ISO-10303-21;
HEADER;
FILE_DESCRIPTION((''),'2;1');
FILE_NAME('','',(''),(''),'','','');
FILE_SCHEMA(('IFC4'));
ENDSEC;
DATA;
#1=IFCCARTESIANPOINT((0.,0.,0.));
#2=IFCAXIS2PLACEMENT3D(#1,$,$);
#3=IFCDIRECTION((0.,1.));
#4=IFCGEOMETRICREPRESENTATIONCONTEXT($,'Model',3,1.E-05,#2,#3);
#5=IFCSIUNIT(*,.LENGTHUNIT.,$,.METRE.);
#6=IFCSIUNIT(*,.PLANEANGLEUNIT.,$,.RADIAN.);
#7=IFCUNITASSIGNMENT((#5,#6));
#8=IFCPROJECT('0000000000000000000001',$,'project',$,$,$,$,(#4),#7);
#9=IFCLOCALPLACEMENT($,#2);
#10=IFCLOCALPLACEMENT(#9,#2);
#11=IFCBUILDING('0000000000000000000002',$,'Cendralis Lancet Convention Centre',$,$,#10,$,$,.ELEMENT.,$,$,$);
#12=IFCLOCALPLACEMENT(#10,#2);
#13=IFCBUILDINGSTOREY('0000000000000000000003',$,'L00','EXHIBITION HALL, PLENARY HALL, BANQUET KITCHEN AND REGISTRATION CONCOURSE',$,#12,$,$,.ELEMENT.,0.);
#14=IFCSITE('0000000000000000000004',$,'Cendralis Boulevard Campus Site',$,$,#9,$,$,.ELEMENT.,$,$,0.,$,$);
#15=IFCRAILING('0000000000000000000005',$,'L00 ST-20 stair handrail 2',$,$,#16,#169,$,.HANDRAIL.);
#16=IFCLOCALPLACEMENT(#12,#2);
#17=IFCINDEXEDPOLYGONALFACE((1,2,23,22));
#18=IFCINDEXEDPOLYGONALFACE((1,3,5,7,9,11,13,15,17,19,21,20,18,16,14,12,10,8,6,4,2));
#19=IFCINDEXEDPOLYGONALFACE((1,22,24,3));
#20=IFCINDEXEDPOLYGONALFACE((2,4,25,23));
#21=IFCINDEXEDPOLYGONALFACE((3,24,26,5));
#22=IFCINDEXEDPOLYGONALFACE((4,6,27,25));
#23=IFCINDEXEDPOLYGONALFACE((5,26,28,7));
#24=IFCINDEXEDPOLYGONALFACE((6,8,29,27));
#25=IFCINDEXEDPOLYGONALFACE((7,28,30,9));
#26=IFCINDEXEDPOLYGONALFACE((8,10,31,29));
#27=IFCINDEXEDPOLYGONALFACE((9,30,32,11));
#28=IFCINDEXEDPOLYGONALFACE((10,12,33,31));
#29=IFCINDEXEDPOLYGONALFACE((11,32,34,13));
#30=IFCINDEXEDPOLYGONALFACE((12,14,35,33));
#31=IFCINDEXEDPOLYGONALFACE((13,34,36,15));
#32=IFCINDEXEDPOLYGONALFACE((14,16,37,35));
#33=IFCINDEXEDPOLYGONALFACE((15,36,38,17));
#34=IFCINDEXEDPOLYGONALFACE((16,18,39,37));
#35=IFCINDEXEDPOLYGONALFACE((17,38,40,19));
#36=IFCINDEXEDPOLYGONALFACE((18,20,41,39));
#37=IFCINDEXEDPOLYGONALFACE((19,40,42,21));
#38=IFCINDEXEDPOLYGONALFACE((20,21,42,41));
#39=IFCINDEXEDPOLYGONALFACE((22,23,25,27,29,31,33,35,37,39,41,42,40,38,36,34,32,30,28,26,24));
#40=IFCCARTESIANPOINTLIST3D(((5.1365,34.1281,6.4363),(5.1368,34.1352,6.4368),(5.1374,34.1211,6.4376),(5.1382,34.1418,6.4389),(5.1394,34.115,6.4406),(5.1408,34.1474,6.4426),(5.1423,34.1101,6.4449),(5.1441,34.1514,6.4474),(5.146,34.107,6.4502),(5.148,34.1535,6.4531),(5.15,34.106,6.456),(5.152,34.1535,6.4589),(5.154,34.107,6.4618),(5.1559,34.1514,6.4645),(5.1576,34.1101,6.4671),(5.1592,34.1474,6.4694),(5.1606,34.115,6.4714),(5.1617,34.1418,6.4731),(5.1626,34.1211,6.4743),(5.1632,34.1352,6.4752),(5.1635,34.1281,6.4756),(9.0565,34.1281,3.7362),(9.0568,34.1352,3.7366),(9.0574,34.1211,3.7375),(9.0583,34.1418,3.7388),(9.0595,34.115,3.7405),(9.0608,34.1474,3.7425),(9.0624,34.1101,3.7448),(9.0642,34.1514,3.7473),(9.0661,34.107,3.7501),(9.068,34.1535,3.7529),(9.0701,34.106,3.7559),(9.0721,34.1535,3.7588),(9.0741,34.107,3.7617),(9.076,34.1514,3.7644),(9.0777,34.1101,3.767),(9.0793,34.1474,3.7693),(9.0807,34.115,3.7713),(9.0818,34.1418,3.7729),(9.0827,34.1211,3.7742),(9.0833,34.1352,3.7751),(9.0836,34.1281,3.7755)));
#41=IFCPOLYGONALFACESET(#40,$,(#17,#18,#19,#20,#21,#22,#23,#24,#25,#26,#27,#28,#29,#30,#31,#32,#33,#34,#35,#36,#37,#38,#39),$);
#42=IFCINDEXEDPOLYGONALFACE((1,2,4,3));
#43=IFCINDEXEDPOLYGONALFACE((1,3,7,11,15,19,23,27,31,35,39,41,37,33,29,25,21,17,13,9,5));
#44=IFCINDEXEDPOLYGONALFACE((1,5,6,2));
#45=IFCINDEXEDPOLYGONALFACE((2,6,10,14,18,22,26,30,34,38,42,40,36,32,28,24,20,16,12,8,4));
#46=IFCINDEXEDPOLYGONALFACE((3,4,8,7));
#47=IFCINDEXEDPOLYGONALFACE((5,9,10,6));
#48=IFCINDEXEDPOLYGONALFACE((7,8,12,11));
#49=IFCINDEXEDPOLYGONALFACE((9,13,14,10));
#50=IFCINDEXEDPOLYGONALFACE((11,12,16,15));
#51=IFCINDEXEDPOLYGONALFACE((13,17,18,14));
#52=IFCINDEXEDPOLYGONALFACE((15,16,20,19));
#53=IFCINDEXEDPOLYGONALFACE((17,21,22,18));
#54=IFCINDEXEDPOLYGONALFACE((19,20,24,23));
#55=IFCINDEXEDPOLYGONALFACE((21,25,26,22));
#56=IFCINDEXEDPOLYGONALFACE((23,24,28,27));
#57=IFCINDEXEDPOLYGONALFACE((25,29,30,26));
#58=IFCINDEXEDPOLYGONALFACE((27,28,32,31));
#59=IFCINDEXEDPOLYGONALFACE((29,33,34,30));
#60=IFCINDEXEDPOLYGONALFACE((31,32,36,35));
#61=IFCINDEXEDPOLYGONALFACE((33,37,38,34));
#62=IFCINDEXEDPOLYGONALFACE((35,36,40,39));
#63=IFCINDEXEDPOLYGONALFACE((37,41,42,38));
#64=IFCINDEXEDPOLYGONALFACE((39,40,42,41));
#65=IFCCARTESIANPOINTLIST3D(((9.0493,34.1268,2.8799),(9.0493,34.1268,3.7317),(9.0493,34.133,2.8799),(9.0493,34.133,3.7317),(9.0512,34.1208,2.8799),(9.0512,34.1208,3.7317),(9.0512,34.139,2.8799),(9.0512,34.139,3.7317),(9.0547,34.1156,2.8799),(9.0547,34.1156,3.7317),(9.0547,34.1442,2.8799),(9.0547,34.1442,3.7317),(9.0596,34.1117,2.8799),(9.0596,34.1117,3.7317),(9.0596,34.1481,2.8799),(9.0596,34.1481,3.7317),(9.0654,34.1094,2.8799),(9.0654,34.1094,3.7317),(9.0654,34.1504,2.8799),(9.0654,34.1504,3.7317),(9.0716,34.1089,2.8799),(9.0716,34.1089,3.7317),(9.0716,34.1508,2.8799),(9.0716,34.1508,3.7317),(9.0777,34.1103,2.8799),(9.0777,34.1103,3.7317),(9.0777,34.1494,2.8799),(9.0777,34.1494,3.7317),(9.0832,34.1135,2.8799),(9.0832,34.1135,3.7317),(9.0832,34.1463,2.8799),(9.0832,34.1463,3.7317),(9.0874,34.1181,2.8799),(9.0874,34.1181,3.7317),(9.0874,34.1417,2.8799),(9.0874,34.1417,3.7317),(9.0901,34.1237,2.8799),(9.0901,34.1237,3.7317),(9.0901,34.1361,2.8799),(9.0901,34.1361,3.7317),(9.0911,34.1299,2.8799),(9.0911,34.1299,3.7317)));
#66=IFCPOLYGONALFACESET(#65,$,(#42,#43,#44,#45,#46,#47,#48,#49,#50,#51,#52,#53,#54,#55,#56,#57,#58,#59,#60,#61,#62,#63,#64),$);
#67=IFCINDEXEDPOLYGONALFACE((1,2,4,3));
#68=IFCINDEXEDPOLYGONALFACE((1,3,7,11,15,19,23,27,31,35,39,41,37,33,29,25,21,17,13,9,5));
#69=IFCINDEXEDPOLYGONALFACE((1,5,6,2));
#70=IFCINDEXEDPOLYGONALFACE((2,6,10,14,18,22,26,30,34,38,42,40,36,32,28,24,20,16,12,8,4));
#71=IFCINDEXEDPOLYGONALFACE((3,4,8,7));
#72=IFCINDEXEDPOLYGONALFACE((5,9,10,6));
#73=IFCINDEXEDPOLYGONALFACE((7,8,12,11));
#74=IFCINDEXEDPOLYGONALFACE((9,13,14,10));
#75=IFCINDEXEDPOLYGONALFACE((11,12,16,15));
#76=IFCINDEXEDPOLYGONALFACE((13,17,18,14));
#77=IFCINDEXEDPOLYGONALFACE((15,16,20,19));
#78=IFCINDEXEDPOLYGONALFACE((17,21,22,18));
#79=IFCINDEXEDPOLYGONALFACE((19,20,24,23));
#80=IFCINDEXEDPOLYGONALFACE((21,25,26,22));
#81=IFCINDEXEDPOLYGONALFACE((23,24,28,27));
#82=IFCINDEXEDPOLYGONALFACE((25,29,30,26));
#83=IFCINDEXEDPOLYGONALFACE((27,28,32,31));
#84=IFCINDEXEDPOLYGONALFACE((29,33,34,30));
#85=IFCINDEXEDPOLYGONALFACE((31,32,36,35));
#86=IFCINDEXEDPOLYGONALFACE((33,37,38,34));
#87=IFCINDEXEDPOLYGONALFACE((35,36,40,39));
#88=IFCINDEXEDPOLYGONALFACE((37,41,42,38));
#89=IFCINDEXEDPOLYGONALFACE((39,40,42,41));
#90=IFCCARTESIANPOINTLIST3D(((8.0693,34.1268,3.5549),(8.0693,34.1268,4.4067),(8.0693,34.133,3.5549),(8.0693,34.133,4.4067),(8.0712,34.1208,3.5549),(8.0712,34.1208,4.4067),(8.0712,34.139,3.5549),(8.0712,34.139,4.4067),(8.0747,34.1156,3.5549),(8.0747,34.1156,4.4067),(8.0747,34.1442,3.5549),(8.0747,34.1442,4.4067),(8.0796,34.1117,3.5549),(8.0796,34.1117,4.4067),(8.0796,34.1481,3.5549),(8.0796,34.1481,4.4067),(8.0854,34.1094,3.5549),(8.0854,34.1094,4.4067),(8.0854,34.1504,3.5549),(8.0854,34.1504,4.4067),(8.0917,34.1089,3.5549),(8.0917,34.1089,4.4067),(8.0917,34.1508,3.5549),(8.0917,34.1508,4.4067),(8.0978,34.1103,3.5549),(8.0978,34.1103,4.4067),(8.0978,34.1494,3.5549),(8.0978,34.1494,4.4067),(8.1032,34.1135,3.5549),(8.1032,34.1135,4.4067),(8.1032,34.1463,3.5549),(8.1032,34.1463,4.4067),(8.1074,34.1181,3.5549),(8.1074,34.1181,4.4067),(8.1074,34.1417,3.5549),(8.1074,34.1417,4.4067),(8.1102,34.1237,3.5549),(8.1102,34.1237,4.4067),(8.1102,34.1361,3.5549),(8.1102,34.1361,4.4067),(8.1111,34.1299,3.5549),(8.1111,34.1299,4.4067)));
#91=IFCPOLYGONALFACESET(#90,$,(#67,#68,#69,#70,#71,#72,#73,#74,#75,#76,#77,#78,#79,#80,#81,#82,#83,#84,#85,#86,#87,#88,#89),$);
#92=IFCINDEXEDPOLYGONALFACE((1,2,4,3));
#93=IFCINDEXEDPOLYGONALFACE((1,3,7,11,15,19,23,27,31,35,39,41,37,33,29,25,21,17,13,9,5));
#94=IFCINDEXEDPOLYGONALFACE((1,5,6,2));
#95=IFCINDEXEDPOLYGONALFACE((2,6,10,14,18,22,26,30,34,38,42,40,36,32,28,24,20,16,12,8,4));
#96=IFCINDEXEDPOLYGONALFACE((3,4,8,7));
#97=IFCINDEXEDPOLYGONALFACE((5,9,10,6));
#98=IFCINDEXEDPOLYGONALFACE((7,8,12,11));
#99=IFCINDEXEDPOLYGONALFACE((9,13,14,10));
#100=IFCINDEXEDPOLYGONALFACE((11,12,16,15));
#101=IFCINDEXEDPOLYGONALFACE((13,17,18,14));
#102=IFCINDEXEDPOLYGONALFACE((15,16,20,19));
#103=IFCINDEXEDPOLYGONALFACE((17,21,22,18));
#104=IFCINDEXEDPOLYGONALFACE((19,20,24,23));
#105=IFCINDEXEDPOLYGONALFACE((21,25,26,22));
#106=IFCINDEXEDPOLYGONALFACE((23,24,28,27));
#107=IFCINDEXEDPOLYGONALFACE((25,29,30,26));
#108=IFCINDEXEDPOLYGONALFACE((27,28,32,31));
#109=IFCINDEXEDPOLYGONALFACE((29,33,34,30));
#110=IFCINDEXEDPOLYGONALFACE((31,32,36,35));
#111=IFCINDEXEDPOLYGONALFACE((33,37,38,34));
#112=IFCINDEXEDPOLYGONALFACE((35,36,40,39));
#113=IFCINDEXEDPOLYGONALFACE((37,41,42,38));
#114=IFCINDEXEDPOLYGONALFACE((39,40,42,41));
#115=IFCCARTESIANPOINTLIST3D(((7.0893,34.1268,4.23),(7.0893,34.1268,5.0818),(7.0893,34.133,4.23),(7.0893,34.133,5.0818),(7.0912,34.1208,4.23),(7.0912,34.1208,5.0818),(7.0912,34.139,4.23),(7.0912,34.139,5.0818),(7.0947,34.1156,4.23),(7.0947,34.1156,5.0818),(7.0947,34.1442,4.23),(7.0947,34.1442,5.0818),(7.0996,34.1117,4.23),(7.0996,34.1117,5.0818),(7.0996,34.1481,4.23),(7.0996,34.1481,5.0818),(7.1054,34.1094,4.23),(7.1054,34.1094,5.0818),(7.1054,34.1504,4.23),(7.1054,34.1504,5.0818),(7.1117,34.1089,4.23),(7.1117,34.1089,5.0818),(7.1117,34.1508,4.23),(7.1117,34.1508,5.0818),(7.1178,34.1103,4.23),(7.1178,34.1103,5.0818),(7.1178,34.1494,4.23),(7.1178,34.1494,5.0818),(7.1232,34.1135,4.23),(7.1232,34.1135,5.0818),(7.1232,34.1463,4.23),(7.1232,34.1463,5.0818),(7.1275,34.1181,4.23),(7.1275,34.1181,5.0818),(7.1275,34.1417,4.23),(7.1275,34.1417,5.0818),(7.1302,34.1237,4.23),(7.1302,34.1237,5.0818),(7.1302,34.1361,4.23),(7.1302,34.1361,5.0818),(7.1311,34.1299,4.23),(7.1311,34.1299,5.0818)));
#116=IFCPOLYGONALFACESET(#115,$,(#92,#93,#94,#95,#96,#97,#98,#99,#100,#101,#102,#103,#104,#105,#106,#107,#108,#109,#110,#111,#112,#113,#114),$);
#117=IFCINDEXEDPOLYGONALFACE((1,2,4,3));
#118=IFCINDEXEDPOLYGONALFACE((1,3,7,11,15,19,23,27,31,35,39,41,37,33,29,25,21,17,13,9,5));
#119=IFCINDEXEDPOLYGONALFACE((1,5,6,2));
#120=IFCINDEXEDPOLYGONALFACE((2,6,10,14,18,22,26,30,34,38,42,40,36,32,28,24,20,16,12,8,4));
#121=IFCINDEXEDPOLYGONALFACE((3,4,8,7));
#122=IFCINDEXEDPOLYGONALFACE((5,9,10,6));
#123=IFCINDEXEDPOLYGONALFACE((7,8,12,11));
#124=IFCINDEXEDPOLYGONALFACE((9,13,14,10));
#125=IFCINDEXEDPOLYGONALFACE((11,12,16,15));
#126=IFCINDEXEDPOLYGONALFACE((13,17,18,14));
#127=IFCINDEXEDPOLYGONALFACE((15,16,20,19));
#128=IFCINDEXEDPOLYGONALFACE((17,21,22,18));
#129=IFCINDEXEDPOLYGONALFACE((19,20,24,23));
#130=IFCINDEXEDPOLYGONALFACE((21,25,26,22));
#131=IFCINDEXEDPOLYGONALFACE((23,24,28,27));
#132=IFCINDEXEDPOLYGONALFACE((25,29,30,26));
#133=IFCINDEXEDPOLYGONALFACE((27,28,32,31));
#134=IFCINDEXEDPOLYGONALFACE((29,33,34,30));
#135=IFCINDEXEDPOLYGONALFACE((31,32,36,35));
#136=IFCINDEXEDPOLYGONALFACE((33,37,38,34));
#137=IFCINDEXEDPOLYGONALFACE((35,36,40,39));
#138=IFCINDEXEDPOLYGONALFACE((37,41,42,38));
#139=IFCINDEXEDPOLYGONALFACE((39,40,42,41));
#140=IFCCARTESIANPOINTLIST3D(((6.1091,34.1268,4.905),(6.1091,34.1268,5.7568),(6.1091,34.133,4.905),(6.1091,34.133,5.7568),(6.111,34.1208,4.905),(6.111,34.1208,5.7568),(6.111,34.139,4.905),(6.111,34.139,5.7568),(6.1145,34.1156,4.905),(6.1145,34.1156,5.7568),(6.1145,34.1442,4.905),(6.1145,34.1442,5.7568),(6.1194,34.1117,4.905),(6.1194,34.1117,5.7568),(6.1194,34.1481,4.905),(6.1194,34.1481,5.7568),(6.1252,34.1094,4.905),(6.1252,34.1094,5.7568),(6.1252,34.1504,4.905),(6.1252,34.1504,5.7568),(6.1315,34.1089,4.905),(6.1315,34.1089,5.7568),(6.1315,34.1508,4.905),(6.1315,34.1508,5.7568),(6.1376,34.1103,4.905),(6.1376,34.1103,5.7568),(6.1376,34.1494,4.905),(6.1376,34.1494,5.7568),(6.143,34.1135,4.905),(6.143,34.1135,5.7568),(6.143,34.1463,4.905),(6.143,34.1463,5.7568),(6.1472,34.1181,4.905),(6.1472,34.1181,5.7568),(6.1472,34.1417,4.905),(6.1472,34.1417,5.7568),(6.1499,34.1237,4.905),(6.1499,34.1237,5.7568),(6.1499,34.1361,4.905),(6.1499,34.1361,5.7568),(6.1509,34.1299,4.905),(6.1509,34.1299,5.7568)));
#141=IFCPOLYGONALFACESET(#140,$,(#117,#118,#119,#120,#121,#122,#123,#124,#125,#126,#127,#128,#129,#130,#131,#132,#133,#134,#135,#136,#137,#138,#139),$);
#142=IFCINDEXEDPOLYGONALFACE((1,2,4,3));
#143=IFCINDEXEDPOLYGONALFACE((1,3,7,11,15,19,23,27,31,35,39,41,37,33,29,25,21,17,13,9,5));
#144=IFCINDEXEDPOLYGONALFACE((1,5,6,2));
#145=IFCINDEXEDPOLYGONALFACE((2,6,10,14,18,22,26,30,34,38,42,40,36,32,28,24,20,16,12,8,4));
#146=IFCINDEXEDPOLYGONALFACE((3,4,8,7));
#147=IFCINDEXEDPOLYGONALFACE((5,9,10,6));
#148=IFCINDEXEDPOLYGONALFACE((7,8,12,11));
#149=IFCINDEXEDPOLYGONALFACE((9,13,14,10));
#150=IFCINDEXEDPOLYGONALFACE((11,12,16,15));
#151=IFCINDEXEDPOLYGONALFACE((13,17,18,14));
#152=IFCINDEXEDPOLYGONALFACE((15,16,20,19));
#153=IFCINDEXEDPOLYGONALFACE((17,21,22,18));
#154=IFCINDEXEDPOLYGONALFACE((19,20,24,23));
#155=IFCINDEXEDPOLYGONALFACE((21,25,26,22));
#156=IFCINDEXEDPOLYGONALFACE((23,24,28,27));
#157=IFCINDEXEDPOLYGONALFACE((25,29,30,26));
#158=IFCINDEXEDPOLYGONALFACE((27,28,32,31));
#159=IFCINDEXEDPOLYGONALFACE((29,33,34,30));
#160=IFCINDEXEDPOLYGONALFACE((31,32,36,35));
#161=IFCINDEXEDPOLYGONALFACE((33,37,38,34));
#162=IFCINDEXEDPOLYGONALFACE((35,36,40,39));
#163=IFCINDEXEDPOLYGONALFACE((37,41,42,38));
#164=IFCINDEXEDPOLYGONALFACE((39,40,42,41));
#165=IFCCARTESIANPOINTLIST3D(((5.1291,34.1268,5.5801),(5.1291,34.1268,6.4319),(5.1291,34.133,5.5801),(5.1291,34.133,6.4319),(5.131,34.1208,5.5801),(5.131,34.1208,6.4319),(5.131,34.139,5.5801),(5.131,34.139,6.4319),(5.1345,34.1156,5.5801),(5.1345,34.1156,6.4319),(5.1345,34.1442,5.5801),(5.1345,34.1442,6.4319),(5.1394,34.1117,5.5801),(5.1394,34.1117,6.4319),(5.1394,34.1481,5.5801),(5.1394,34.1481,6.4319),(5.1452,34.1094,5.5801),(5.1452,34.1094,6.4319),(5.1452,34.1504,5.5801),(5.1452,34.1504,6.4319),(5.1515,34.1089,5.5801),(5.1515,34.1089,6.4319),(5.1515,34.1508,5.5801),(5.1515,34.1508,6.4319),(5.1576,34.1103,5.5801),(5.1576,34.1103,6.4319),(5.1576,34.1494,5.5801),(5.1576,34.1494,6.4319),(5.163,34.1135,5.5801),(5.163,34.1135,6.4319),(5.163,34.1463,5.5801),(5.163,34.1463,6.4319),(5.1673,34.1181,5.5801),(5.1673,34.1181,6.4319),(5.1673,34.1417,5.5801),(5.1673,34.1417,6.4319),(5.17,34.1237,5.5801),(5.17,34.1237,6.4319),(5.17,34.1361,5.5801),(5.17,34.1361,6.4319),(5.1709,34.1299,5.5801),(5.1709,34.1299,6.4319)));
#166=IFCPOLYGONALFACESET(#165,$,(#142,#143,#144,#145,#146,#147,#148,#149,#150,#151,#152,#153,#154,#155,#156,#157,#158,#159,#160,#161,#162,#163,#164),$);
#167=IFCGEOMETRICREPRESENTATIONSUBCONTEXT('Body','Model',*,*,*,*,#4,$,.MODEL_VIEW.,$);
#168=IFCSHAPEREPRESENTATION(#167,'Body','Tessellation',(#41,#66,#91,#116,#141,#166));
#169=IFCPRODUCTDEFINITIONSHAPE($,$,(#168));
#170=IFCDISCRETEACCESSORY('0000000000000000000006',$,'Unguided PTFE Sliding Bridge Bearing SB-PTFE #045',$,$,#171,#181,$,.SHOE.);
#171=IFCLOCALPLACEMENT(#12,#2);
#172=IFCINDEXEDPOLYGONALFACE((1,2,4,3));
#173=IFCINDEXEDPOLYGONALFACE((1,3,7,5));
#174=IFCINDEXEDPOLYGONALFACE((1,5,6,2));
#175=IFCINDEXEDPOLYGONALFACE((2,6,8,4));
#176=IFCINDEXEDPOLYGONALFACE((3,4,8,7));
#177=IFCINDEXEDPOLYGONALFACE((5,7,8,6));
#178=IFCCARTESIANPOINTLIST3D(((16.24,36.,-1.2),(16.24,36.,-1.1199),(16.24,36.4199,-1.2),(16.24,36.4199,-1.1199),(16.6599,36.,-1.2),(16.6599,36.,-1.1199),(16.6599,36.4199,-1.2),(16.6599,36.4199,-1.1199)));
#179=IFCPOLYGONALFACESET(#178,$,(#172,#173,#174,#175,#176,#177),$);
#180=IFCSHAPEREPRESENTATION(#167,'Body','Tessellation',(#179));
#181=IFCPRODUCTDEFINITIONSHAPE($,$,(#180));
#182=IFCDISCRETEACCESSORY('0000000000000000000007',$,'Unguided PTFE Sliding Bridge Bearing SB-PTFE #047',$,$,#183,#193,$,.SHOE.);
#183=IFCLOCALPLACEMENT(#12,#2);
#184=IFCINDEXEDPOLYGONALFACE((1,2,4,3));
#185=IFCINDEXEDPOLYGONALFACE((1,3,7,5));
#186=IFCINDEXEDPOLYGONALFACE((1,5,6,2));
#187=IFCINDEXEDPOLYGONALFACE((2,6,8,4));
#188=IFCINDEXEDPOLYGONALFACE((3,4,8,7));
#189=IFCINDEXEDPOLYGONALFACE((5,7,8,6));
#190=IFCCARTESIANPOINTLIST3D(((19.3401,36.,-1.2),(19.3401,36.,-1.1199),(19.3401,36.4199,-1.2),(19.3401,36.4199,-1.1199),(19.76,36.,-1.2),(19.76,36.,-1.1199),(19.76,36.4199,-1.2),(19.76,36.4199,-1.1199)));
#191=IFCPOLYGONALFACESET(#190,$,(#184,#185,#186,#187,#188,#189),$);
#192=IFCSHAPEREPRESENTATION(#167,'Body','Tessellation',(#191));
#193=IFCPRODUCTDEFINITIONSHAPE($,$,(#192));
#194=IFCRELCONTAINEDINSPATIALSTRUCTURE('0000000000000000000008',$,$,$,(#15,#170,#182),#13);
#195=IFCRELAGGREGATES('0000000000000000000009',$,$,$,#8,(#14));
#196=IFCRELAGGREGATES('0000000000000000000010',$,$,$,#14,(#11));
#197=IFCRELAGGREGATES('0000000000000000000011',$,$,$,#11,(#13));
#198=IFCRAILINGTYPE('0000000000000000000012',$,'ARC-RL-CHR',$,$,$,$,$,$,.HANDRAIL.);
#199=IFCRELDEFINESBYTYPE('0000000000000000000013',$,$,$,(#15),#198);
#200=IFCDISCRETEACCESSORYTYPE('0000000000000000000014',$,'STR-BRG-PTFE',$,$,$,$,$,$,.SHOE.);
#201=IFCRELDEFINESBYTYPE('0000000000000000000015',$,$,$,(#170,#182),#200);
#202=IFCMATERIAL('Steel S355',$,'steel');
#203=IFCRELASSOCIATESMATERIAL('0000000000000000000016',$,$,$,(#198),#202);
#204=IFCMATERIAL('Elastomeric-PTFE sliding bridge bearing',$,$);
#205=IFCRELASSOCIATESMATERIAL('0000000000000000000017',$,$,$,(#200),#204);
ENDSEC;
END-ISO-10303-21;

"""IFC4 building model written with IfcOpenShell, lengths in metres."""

from ifc_helpers import new_model, si_unit, direction, frame, origin, origin_2d, place, context, subcontext, project, spatial, rectangle, circle, extrude, material, type_object, element, save


model = new_model("IFC4")

# Units and contexts
model_context = context("Model", 3, precision=1e-05, world=origin(), true_north=direction((0.0, 1.0)))
body_context = subcontext(model_context, "Body", "Model", "MODEL_VIEW")
ifc_project = project(units=[si_unit("LENGTHUNIT", "METRE"), si_unit("PLANEANGLEUNIT", "RADIAN")], contexts=[model_context])

# Site, building, storey
site_placement = place(None, origin())
site = spatial("IfcSite", under=ifc_project, at=site_placement, Name="Cendralis Boulevard Campus Site", CompositionType="ELEMENT", RefElevation=0.0)
building_placement = place(site_placement, origin())
building = spatial("IfcBuilding", under=site, at=building_placement, Name="Cendralis Lancet Convention Centre", CompositionType="ELEMENT")
storey_placement = place(building_placement, origin())
storey = spatial("IfcBuildingStorey", under=building, at=storey_placement, Name="L00", Description="EXHIBITION HALL, PLENARY HALL, BANQUET KITCHEN AND REGISTRATION CONCOURSE", CompositionType="ELEMENT", Elevation=0.0)

# Shared definitions
ifc_material_1 = material(Name="Steel S355", Category="steel")

# Railing
railing_type_1 = type_object("IfcRailingType", Name="ARC-RL-CHR", PredefinedType="HANDRAIL", material=ifc_material_1)
railing_1_placement = place(storey_placement, frame((9.0701, 34.1299, 2.8799)))
element("IfcRailing", 1, at=railing_1_placement, inside=storey, type_object=railing_type_1, Name="L00 ST-20 stair handrail 2", PredefinedType="HANDRAIL", context=body_context, shape_type="SweptSolid", body=[
    extrude(circle(Radius=0.0239, at=origin_2d()), frame((0.0, 0.0, 0.876), z_axis=(-0.823543, 0.0, 0.567253), x_axis=(0.0, -1.0, 0.0)), (0.0, 0.0, 1.0), 4.76),
    extrude(circle(Radius=0.021, at=origin_2d()), origin(), (0.0, 0.0, 1.0), 0.8518),
    extrude(circle(Radius=0.021, at=origin_2d()), frame((-0.98, 0.0, 0.675)), (0.0, 0.0, 1.0), 0.8518),
    extrude(circle(Radius=0.021, at=origin_2d()), frame((-1.96, 0.0, 1.3501)), (0.0, 0.0, 1.0), 0.8518),
    extrude(circle(Radius=0.021, at=origin_2d()), frame((-2.9402, 0.0, 2.0251)), (0.0, 0.0, 1.0), 0.8518),
    extrude(circle(Radius=0.021, at=origin_2d()), frame((-3.9202, 0.0, 2.7002)), (0.0, 0.0, 1.0), 0.8518),
])

# Discrete accessories
ifc_material_2 = material(Name="Elastomeric-PTFE sliding bridge bearing")
discrete_accessory_type = type_object("IfcDiscreteAccessoryType", Name="STR-BRG-PTFE", PredefinedType="SHOE", material=ifc_material_2)
for number, where, z_axis, x_axis, name in (
    (2, (16.45, 36.21, -1.2), (0.0, 0.0, 1.0), (1.0, 0.0, 0.0), "Unguided PTFE Sliding Bridge Bearing SB-PTFE #045"),
    (3, (19.55, 36.21, -1.2), (0.0, 0.0, 1.0), (1.0, 0.0, 0.0), "Unguided PTFE Sliding Bridge Bearing SB-PTFE #047"),
):
    element("IfcDiscreteAccessory", number, at=place(storey_placement, frame(where, z_axis=z_axis, x_axis=x_axis)), inside=storey, type_object=discrete_accessory_type, Name=name, PredefinedType="SHOE", context=body_context, shape_type="SweptSolid", body=[
        extrude(rectangle(XDim=0.4199, YDim=0.4199, at=origin_2d()), origin(), (0.0, 0.0, 1.0), 0.0801),
    ])

save(model, "model.ifc")
